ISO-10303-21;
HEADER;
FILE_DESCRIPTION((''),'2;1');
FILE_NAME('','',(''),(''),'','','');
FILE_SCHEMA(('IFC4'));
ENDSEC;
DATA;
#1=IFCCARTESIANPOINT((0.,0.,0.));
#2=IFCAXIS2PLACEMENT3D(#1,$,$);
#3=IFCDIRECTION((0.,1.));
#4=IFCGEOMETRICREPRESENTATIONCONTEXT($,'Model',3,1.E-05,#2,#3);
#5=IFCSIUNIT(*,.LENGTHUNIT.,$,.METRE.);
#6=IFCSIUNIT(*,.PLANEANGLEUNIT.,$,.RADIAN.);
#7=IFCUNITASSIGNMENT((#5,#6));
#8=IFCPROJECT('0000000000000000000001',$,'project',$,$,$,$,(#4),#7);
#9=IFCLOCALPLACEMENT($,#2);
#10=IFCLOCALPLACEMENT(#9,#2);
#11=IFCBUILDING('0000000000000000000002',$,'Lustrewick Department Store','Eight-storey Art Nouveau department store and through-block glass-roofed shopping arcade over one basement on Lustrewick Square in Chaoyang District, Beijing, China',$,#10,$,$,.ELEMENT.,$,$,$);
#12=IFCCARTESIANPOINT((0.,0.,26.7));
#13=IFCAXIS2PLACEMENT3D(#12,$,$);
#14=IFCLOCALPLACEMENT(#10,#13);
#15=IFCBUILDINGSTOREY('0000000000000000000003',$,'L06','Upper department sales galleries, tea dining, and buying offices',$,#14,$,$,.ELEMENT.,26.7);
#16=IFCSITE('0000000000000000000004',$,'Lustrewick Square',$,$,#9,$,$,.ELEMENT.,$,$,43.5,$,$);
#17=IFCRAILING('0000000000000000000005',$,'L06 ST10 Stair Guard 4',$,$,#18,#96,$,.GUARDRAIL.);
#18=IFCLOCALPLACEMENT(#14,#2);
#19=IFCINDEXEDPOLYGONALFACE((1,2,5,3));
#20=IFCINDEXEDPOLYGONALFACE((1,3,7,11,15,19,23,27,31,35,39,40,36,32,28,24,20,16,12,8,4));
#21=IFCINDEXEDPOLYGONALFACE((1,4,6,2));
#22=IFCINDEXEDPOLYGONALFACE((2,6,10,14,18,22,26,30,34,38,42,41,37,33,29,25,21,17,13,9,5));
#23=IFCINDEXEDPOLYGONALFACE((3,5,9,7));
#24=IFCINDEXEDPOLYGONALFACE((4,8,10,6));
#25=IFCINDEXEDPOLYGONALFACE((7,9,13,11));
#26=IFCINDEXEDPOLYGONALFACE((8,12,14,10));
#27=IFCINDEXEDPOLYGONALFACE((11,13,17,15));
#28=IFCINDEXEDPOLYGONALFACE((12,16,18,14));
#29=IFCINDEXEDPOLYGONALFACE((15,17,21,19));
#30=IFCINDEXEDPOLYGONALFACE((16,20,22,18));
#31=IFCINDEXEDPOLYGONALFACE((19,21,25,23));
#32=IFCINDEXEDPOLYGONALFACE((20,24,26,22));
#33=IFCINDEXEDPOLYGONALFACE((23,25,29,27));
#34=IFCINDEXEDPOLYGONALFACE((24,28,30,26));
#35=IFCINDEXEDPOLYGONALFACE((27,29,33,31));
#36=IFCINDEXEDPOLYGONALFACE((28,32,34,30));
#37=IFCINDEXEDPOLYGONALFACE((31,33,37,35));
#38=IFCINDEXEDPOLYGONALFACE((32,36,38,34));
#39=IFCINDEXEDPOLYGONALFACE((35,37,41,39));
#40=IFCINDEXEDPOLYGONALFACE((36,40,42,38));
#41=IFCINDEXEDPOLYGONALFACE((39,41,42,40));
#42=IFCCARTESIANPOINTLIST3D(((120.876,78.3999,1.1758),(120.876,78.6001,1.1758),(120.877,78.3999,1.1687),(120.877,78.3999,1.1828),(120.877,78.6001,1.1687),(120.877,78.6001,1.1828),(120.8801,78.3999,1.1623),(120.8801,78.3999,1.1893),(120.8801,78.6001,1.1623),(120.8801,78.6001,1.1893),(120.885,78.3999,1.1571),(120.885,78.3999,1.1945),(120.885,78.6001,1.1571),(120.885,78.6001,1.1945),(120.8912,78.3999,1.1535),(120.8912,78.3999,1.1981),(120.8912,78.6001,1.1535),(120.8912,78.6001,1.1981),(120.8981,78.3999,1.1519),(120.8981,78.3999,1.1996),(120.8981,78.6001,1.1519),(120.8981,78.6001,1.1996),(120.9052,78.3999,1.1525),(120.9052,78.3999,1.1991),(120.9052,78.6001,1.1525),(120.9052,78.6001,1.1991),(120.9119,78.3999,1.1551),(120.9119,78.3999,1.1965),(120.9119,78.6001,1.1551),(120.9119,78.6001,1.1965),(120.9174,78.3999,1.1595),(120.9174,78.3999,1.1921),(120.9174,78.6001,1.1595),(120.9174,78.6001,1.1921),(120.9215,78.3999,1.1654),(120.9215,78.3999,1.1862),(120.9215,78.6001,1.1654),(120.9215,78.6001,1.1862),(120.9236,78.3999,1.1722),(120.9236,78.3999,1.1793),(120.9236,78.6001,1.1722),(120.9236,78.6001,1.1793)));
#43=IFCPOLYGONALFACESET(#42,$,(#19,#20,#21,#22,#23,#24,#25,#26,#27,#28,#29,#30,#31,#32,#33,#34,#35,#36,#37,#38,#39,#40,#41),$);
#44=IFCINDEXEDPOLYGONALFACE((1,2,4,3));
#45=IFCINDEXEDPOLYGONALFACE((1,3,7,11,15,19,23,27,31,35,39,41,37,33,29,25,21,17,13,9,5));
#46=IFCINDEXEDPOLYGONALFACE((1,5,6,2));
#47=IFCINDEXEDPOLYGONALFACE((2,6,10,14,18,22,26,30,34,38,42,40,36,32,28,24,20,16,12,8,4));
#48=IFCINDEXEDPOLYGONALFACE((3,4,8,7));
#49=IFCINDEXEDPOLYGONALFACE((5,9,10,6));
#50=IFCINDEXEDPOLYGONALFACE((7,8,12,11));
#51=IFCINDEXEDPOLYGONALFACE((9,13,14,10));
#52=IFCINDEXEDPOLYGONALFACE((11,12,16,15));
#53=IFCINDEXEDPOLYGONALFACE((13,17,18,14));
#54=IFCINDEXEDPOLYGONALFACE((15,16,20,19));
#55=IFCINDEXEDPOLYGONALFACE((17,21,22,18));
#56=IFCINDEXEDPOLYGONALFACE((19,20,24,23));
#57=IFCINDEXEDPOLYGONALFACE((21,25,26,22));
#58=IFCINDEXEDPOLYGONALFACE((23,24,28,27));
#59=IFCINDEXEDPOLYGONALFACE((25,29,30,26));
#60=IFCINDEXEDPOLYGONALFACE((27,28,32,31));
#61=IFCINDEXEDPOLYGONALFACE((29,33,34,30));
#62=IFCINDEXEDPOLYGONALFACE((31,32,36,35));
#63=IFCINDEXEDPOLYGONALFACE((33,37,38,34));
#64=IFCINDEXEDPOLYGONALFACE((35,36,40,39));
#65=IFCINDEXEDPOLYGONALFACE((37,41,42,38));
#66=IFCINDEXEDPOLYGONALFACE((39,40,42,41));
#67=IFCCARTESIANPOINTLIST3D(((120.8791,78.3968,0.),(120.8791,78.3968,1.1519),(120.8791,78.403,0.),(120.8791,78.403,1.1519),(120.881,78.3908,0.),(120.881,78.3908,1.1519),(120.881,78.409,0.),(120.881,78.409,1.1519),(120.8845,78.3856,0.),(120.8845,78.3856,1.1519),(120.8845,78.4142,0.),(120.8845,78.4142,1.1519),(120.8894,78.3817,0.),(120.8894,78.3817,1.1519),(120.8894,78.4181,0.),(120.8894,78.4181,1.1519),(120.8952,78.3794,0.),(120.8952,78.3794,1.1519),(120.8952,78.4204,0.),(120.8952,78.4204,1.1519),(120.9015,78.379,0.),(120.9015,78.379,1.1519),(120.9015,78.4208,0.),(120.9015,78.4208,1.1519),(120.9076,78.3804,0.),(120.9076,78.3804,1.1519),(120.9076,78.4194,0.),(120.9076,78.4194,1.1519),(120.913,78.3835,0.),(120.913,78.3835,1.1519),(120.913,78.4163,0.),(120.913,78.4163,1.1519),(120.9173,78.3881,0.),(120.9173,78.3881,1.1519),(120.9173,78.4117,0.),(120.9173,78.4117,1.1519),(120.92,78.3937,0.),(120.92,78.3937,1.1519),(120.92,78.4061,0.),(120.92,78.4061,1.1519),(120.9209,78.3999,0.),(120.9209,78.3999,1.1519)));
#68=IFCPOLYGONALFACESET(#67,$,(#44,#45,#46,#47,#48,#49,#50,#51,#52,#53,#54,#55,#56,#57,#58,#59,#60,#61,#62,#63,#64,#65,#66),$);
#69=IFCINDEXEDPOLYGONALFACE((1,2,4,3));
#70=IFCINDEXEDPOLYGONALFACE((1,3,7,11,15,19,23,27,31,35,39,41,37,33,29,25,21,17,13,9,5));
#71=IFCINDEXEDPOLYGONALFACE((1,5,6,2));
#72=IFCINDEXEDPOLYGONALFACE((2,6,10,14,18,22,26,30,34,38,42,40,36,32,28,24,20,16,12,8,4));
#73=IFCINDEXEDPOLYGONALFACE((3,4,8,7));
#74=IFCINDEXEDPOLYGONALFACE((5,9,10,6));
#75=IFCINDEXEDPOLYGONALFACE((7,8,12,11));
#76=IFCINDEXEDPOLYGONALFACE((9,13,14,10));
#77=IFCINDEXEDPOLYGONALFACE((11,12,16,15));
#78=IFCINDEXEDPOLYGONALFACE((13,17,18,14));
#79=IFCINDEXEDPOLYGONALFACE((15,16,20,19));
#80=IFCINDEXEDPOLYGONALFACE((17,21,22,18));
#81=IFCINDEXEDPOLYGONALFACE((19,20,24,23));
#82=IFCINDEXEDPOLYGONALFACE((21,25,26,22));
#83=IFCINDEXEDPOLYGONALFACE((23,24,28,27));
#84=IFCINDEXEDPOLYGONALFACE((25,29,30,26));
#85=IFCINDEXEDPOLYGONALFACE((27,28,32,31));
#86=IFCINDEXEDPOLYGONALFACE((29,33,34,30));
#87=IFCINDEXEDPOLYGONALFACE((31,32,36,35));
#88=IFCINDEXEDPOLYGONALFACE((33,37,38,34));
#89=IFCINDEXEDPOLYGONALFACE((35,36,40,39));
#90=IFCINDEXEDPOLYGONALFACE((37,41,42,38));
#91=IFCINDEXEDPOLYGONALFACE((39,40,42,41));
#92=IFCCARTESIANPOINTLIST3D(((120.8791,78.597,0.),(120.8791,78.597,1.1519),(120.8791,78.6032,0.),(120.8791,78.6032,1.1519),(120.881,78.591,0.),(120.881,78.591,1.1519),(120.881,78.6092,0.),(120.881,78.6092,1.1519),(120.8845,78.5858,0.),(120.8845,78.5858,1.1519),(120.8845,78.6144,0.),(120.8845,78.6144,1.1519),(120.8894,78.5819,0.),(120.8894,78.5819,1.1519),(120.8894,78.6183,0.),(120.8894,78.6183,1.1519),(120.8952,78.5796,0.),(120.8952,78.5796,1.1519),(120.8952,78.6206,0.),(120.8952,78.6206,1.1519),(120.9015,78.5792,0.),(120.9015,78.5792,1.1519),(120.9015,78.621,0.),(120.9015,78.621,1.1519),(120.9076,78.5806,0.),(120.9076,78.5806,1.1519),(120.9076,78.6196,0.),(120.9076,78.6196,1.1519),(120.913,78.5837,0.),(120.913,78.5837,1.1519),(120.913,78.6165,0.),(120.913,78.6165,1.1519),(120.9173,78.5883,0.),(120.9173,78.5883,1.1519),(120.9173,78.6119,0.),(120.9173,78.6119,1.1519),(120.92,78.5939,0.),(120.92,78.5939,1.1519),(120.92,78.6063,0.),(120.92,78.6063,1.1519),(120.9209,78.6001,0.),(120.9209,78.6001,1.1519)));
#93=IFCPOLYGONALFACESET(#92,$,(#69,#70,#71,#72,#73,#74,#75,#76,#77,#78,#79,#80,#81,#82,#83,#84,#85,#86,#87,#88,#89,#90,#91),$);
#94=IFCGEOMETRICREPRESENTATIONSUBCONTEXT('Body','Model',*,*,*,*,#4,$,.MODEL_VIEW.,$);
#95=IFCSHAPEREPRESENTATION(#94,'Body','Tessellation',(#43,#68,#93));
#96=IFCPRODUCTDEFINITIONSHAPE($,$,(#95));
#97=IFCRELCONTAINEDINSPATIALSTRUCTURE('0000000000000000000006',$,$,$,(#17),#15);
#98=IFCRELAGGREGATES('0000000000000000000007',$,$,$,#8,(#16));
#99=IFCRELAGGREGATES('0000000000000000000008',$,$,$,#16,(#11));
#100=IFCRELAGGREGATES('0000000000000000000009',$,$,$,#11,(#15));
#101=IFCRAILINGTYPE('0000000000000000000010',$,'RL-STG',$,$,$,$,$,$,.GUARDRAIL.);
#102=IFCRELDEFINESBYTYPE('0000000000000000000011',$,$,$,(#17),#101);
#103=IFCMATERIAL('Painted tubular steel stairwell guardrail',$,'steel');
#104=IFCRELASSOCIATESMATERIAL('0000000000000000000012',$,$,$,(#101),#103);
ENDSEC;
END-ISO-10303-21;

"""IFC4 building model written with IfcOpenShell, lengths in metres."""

from ifc_helpers import new_model, si_unit, direction, frame, origin, origin_2d, place, context, subcontext, project, spatial, circle, extrude, material, type_object, element, save


model = new_model("IFC4")

# Units and contexts
model_context = context("Model", 3, precision=1e-05, world=origin(), true_north=direction((0.0, 1.0)))
body_context = subcontext(model_context, "Body", "Model", "MODEL_VIEW")
ifc_project = project(units=[si_unit("LENGTHUNIT", "METRE"), si_unit("PLANEANGLEUNIT", "RADIAN")], contexts=[model_context])

# Site, building, storey
site_placement = place(None, origin())
site = spatial("IfcSite", under=ifc_project, at=site_placement, Name="Lustrewick Square", CompositionType="ELEMENT", RefElevation=43.5)
building_placement = place(site_placement, origin())
building = spatial("IfcBuilding", under=site, at=building_placement, Name="Lustrewick Department Store", Description="Eight-storey Art Nouveau department store and through-block glass-roofed shopping arcade over one basement on Lustrewick Square in Chaoyang District, Beijing, China", CompositionType="ELEMENT")
storey_placement = place(building_placement, frame((0.0, 0.0, 26.7)))
storey = spatial("IfcBuildingStorey", under=building, at=storey_placement, Name="L06", Description="Upper department sales galleries, tea dining, and buying offices", CompositionType="ELEMENT", Elevation=26.7)

# Railing
ifc_material_1 = material(Name="Painted tubular steel stairwell guardrail", Category="steel")
railing_type_1 = type_object("IfcRailingType", Name="RL-STG", PredefinedType="GUARDRAIL", material=ifc_material_1)
railing_1_placement = place(storey_placement, frame((120.8999, 78.3999, 0.0)))
element("IfcRailing", 1, at=railing_1_placement, inside=storey, type_object=railing_type_1, Name="L06 ST10 Stair Guard 4", PredefinedType="GUARDRAIL", context=body_context, shape_type="SweptSolid", body=[
    extrude(circle(Radius=0.0239, at=origin_2d()), frame((0.0, 0.0, 1.1758), z_axis=(0.0, 1.0, 0.0), x_axis=(-1.0, 0.0, 0.0)), (0.0, 0.0, 1.0), 0.2002),
    extrude(circle(Radius=0.021, at=origin_2d()), origin(), (0.0, 0.0, 1.0), 1.1519),
    extrude(circle(Radius=0.021, at=origin_2d()), frame((0.0, 0.2002, 0.0)), (0.0, 0.0, 1.0), 1.1519),
])

save(model, "model.ifc")
